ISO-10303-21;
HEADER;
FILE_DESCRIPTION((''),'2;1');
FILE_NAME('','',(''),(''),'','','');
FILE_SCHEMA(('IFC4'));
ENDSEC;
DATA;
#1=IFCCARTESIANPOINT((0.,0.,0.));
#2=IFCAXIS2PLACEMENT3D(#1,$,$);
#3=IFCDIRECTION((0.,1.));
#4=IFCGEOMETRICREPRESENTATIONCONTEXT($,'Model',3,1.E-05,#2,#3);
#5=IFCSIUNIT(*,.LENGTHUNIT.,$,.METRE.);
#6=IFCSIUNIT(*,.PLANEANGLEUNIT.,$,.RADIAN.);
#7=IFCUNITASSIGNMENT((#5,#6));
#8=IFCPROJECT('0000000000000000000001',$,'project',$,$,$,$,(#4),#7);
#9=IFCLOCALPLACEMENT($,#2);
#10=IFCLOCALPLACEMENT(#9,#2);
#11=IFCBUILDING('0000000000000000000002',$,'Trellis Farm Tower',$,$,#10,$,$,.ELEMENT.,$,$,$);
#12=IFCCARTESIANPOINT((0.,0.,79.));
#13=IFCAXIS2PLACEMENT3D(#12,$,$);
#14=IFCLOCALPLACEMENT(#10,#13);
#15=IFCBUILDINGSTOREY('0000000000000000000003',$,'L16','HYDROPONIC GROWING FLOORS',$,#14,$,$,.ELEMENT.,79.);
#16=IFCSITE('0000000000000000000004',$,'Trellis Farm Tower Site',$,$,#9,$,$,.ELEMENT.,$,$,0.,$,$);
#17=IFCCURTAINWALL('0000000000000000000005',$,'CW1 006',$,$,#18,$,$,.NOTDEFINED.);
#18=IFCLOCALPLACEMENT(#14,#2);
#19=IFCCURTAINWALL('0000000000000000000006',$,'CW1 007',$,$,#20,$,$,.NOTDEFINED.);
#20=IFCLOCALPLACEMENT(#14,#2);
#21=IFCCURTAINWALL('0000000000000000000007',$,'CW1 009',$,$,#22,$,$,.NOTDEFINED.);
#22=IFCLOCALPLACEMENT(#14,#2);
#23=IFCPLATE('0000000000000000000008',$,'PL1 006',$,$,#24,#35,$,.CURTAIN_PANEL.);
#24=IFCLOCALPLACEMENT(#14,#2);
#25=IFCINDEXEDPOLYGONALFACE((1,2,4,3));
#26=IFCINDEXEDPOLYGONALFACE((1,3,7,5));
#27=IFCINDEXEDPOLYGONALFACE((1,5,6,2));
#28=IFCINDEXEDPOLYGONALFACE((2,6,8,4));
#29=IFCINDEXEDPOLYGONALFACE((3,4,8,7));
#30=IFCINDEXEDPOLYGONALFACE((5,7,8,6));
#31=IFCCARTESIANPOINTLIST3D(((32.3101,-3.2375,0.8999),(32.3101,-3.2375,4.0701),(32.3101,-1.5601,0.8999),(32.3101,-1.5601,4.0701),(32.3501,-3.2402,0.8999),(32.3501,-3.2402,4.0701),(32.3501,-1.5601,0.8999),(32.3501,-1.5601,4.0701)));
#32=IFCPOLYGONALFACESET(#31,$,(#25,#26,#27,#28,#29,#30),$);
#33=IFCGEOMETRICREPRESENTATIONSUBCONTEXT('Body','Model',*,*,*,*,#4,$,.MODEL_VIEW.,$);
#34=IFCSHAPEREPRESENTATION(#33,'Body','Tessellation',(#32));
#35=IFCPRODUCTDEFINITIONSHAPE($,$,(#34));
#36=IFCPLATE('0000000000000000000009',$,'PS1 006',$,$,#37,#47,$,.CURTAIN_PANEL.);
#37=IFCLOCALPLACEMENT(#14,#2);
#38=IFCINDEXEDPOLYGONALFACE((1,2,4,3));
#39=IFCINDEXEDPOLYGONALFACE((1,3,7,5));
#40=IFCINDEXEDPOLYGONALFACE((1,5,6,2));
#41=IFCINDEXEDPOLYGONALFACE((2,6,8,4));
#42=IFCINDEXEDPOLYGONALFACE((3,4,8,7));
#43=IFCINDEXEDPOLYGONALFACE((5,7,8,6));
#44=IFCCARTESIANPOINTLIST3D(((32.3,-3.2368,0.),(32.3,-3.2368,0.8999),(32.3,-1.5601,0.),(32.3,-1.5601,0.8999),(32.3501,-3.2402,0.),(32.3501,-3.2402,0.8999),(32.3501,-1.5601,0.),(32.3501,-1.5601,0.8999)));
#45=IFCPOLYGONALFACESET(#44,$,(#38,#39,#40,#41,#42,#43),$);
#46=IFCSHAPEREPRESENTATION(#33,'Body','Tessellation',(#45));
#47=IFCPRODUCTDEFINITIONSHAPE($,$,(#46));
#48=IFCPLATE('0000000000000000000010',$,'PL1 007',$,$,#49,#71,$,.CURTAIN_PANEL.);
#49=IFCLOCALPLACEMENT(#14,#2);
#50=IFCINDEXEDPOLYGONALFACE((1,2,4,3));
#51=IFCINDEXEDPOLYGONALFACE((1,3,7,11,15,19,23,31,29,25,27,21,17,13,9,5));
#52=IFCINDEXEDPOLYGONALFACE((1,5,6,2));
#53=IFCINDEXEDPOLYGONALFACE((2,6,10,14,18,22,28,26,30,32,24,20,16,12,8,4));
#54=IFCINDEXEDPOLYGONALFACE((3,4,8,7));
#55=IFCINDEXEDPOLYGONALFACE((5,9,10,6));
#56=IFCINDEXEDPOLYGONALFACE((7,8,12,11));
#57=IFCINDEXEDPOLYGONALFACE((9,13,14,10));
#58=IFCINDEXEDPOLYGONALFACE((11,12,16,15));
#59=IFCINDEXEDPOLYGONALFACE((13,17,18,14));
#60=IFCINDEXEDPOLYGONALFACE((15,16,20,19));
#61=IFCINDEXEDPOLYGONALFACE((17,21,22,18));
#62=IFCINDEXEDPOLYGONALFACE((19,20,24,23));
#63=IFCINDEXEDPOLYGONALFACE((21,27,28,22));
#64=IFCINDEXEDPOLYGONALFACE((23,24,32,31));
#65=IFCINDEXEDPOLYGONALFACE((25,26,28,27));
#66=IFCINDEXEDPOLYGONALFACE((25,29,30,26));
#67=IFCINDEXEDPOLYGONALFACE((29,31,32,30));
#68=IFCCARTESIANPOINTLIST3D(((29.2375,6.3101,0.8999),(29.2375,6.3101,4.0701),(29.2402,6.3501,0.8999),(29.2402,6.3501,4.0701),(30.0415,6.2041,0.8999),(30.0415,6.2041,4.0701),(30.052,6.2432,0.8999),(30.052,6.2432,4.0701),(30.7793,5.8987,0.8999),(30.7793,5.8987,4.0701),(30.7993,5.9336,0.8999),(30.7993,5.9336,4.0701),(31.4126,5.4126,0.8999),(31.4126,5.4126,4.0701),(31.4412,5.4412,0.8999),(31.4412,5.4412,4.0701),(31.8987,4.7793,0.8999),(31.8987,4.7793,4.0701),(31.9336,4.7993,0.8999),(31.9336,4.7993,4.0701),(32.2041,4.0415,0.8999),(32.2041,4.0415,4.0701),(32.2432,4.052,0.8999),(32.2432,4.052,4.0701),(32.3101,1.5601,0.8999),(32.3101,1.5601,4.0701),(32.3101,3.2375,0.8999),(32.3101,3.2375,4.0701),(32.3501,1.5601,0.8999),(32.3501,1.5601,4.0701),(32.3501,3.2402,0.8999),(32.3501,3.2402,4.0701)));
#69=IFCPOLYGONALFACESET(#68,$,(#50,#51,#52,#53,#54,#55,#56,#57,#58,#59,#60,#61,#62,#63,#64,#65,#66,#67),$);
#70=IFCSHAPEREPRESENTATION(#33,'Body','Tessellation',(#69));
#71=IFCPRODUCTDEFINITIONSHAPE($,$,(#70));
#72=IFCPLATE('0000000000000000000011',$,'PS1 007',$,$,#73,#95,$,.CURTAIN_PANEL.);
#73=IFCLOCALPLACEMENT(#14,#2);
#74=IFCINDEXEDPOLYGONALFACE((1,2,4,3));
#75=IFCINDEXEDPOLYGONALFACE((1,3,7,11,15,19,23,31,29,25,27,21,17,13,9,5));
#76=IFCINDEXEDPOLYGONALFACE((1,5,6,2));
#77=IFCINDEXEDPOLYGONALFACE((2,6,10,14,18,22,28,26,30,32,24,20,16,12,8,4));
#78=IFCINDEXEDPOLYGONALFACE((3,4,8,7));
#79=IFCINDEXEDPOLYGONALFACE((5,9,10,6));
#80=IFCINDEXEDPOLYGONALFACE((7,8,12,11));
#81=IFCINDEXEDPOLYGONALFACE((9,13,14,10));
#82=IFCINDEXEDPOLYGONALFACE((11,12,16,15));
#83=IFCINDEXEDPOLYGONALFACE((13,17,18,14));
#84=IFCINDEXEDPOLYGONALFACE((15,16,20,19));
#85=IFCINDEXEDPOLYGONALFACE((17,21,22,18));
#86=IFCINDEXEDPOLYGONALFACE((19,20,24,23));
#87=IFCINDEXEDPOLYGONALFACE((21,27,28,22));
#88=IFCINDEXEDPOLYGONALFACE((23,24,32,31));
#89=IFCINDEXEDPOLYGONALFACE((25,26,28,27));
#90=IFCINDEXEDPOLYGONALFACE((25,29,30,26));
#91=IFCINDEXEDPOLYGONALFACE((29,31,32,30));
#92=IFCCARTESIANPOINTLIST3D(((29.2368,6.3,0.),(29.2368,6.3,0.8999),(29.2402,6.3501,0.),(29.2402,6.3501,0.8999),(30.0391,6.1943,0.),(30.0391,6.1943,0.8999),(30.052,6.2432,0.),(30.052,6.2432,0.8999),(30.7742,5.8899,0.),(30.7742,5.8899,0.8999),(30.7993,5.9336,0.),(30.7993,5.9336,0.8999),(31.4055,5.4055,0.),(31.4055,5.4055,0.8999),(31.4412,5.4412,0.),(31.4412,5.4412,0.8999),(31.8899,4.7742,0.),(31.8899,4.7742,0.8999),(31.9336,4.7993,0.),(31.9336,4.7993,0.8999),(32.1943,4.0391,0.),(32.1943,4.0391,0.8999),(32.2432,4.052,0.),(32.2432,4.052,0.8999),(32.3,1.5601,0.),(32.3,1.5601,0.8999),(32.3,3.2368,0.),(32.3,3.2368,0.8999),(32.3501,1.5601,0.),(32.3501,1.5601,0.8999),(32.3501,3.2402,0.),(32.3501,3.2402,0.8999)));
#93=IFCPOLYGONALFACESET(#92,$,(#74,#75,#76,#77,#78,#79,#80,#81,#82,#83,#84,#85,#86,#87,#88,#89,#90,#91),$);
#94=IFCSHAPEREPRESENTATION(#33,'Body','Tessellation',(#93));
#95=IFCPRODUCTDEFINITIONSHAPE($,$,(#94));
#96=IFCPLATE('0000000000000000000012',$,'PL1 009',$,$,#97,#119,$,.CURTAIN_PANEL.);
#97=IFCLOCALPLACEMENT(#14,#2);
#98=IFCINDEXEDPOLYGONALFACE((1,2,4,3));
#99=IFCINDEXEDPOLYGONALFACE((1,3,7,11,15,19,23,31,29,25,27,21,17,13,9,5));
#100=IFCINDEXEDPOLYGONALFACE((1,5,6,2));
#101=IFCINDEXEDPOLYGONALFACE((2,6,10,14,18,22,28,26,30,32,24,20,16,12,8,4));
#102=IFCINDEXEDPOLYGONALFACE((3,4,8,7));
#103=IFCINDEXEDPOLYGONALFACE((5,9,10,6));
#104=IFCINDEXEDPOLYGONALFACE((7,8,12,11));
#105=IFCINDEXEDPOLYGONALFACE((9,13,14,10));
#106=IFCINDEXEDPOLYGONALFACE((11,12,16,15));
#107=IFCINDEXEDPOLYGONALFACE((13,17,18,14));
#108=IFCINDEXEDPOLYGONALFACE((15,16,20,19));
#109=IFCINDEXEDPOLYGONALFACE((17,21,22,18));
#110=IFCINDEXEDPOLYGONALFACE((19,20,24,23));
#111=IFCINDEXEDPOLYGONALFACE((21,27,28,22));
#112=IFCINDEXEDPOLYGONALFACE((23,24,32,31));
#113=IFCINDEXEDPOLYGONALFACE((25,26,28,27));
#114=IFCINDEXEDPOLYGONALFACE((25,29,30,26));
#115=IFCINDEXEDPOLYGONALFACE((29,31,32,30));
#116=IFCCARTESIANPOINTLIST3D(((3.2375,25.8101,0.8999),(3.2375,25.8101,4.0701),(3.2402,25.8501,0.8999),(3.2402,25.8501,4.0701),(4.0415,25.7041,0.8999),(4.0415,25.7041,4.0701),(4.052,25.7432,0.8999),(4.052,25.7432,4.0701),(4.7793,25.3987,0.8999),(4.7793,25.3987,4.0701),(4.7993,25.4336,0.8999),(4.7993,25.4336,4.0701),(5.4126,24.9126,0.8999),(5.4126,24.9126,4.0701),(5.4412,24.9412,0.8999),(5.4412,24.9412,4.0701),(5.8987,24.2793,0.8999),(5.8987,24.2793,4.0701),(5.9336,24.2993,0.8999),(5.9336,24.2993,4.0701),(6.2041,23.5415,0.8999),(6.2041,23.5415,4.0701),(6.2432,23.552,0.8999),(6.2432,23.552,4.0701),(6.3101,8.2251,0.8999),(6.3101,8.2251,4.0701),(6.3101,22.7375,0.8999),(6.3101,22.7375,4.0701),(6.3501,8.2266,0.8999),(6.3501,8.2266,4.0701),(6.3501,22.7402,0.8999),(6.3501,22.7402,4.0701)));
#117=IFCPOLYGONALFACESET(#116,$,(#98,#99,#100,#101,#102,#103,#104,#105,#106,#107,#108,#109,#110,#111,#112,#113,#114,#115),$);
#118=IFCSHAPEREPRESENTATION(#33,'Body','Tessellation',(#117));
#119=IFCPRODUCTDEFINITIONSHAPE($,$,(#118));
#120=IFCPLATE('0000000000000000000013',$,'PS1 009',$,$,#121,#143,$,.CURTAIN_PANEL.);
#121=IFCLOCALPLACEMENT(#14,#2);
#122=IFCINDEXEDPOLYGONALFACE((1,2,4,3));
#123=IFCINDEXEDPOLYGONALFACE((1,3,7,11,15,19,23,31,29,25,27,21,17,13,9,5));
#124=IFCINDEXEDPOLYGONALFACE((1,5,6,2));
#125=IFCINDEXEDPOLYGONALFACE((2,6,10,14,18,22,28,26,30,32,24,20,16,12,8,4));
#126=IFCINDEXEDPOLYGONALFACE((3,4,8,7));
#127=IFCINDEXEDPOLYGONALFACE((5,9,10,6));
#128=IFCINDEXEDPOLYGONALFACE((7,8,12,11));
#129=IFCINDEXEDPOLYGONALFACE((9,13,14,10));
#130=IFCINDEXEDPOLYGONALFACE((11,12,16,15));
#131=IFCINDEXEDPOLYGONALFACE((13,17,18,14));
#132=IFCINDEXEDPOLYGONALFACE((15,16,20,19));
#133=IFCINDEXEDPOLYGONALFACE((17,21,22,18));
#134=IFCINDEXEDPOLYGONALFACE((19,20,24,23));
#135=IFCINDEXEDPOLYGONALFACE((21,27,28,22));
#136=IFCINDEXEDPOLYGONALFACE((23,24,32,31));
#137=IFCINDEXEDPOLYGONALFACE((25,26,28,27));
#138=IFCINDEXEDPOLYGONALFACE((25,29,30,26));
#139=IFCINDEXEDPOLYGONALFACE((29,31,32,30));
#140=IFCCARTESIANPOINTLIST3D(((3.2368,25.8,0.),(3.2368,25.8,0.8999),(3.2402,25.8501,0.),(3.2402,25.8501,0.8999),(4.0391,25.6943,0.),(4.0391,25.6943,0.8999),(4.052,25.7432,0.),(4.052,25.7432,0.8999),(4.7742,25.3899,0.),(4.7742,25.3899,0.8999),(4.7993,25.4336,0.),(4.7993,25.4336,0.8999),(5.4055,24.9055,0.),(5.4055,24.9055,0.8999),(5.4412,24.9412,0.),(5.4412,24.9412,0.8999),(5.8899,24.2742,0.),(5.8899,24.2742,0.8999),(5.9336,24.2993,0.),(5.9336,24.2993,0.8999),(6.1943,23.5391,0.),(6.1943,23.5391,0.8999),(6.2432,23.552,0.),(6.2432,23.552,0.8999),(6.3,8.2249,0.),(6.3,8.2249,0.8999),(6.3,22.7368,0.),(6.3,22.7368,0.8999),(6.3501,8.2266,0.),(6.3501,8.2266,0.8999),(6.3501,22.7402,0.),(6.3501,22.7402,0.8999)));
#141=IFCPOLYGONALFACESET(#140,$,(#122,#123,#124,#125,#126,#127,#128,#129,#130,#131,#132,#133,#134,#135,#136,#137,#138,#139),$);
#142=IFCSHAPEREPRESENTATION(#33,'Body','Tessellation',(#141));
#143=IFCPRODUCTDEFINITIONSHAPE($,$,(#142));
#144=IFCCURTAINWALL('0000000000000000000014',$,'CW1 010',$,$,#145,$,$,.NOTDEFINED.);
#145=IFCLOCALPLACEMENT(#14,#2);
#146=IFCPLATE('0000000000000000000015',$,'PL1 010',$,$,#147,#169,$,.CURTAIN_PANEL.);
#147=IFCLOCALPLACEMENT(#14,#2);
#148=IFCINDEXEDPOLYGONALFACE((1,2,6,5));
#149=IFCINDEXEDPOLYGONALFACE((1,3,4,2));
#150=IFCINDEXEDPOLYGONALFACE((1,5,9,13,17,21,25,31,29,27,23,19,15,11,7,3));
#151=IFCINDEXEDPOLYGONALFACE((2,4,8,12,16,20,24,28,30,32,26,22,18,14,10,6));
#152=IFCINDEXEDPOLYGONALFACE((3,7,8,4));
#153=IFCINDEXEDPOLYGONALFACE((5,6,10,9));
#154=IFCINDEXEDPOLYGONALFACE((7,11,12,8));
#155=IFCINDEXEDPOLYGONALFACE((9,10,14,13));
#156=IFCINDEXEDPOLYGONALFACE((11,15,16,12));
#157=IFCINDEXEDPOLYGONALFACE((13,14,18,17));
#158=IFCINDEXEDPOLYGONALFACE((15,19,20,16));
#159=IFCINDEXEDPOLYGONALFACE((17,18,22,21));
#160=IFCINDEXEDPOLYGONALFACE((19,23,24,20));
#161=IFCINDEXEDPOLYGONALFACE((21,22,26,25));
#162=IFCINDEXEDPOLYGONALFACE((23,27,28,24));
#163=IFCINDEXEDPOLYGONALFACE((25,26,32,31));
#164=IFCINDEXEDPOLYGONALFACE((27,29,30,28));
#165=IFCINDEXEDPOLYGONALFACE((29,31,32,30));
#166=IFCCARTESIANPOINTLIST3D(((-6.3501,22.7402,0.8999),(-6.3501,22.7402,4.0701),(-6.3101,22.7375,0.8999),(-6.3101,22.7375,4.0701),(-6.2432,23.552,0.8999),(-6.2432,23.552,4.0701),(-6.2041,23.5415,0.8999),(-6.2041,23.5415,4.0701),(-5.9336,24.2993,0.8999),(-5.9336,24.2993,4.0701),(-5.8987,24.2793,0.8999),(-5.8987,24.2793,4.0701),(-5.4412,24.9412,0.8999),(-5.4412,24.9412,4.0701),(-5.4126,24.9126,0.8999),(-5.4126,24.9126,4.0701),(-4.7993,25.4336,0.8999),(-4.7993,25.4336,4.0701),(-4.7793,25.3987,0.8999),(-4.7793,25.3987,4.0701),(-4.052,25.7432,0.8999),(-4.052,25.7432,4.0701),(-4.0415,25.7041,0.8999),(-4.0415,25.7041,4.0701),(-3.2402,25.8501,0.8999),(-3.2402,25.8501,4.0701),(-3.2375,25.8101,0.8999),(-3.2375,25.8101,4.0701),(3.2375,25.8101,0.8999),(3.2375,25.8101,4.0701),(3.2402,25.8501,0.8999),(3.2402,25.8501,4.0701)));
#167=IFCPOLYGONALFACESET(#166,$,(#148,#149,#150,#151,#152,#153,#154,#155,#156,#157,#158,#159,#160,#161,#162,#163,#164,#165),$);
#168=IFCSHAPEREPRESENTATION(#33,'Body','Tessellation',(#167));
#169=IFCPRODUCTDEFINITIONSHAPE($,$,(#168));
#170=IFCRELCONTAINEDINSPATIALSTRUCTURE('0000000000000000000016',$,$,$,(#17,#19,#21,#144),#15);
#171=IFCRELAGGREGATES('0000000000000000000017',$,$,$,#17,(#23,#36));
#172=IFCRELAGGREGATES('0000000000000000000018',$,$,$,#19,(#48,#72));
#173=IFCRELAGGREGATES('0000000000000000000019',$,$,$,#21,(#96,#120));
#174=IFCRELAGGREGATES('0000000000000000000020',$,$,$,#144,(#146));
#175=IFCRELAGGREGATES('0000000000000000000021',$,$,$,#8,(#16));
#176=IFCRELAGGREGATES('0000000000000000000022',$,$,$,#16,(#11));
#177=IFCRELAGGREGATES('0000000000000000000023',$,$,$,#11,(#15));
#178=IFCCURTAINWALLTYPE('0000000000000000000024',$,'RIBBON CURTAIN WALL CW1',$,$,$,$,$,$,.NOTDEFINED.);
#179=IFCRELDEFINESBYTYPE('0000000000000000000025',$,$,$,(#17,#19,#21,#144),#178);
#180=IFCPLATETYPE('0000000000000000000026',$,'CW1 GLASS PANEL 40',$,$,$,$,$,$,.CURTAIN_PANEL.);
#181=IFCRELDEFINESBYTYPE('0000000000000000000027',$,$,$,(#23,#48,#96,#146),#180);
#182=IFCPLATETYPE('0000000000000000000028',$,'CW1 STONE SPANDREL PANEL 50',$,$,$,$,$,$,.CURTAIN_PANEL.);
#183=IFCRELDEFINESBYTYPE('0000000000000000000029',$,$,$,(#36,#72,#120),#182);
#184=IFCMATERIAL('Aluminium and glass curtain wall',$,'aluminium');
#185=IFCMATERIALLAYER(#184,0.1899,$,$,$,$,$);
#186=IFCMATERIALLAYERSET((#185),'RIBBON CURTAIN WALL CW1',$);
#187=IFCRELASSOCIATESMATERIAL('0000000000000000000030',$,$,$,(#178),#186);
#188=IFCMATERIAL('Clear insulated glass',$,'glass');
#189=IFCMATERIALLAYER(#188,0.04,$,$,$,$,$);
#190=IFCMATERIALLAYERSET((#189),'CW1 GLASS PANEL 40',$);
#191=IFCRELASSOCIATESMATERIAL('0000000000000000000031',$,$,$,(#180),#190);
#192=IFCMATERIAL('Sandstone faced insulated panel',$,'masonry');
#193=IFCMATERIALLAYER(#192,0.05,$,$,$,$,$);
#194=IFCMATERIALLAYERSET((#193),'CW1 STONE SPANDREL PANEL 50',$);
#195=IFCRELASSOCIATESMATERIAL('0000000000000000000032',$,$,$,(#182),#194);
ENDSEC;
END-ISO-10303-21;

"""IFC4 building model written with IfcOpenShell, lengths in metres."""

from ifc_helpers import new_model, si_unit, direction, frame, origin, place, context, subcontext, project, spatial, polyline, outline, extrude, source, transform, mapped, material, layer, layer_set, type_object, element, aggregate, save


model = new_model("IFC4")

# Units and contexts
model_context = context("Model", 3, precision=1e-05, world=origin(), true_north=direction((0.0, 1.0)))
body_context = subcontext(model_context, "Body", "Model", "MODEL_VIEW")
ifc_project = project(units=[si_unit("LENGTHUNIT", "METRE"), si_unit("PLANEANGLEUNIT", "RADIAN")], contexts=[model_context])

# Site, building, storey
site_placement = place(None, origin())
site = spatial("IfcSite", under=ifc_project, at=site_placement, Name="Trellis Farm Tower Site", CompositionType="ELEMENT", RefElevation=0.0)
building_placement = place(site_placement, origin())
building = spatial("IfcBuilding", under=site, at=building_placement, Name="Trellis Farm Tower", CompositionType="ELEMENT")
storey_placement = place(building_placement, frame((0.0, 0.0, 79.0)))
storey = spatial("IfcBuildingStorey", under=building, at=storey_placement, Name="L16", Description="HYDROPONIC GROWING FLOORS", CompositionType="ELEMENT", Elevation=79.0)

# Curtain walls
ifc_material_1 = material(Name="Aluminium and glass curtain wall", Category="aluminium")
ifc_layer_1 = layer(ifc_material_1, 0.1899)
ifc_layer_set_1 = layer_set([ifc_layer_1], Name="RIBBON CURTAIN WALL CW1")
curtain_wall_type_1 = type_object("IfcCurtainWallType", Name="RIBBON CURTAIN WALL CW1", PredefinedType="NOTDEFINED", material=ifc_layer_set_1)
placement_1 = place(storey_placement, origin())
curtain_wall_1 = element("IfcCurtainWall", 1, at=placement_1, inside=storey, type_object=curtain_wall_type_1, Name="CW1 006", PredefinedType="NOTDEFINED")
curtain_wall_2 = element("IfcCurtainWall", 2, at=placement_1, inside=storey, type_object=curtain_wall_type_1, Name="CW1 007", PredefinedType="NOTDEFINED")
curtain_wall_3 = element("IfcCurtainWall", 3, at=placement_1, inside=storey, type_object=curtain_wall_type_1, Name="CW1 009", PredefinedType="NOTDEFINED")

# Plates
ifc_material_2 = material(Name="Clear insulated glass", Category="glass")
ifc_layer_2 = layer(ifc_material_2, 0.04)
ifc_layer_set_2 = layer_set([ifc_layer_2], Name="CW1 GLASS PANEL 40")
plate_type_1 = type_object("IfcPlateType", Name="CW1 GLASS PANEL 40", PredefinedType="CURTAIN_PANEL", material=ifc_layer_set_2)
placement_2 = place(storey_placement, frame((0.0, 0.0, 0.8999)))
ifc_material_3 = material(Name="Sandstone faced insulated panel", Category="masonry")
ifc_layer_3 = layer(ifc_material_3, 0.05)
ifc_layer_set_3 = layer_set([ifc_layer_3], Name="CW1 STONE SPANDREL PANEL 50")
plate_type_2 = type_object("IfcPlateType", Name="CW1 STONE SPANDREL PANEL 50", PredefinedType="CURTAIN_PANEL", material=ifc_layer_set_3)
shared_shape_1 = source(origin(), body_context, "Body", "SweptSolid", [
    extrude(outline(polyline([(32.3501, -3.2402), (32.3501, -1.5601), (32.3101, -1.5601), (32.3101, -3.2375), (32.3501, -3.2402)])), origin(), (0.0, 0.0, 1.0), 3.1702),
])
plate_1 = element("IfcPlate", 4, at=placement_2, type_object=plate_type_1, Name="PL1 006", PredefinedType="CURTAIN_PANEL", context=body_context, shape_type="MappedRepresentation", body=[
    mapped(shared_shape_1, transform((0.0, 0.0, 0.0))),
])
shared_shape_2 = source(origin(), body_context, "Body", "SweptSolid", [
    extrude(outline(polyline([(32.3501, -3.2402), (32.3501, -1.5601), (32.3, -1.5601), (32.3, -3.2368), (32.3501, -3.2402)])), origin(), (0.0, 0.0, 1.0), 0.8999),
])
plate_2 = element("IfcPlate", 5, at=placement_1, type_object=plate_type_2, Name="PS1 006", PredefinedType="CURTAIN_PANEL", context=body_context, shape_type="MappedRepresentation", body=[
    mapped(shared_shape_2, transform((0.0, 0.0, 0.0))),
])
aggregate(curtain_wall_1, [plate_1, plate_2])
shared_shape_3 = source(origin(), body_context, "Body", "SweptSolid", [
    extrude(outline(polyline([(32.3501, 1.5601), (32.3501, 3.2402), (32.2432, 4.052), (31.9336, 4.7993), (31.4412, 5.4412), (30.7993, 5.9336), (30.052, 6.2432), (29.2402, 6.3501), (29.2375, 6.3101), (30.0415, 6.2041), (30.7793, 5.8987), (31.4126, 5.4126), (31.8987, 4.7793), (32.2041, 4.0415), (32.3101, 3.2375), (32.3101, 1.5601), (32.3501, 1.5601)])), origin(), (0.0, 0.0, 1.0), 3.1702),
])
plate_3 = element("IfcPlate", 6, at=placement_2, type_object=plate_type_1, Name="PL1 007", PredefinedType="CURTAIN_PANEL", context=body_context, shape_type="MappedRepresentation", body=[
    mapped(shared_shape_3, transform((0.0, 0.0, 0.0))),
])
shared_shape_4 = source(origin(), body_context, "Body", "SweptSolid", [
    extrude(outline(polyline([(32.3501, 1.5601), (32.3501, 3.2402), (32.2432, 4.052), (31.9336, 4.7993), (31.4412, 5.4412), (30.7993, 5.9336), (30.052, 6.2432), (29.2402, 6.3501), (29.2368, 6.3), (30.0391, 6.1943), (30.7742, 5.8899), (31.4055, 5.4055), (31.8899, 4.7742), (32.1943, 4.0391), (32.3, 3.2368), (32.3, 1.5601), (32.3501, 1.5601)])), origin(), (0.0, 0.0, 1.0), 0.8999),
])
plate_4 = element("IfcPlate", 7, at=placement_1, type_object=plate_type_2, Name="PS1 007", PredefinedType="CURTAIN_PANEL", context=body_context, shape_type="MappedRepresentation", body=[
    mapped(shared_shape_4, transform((0.0, 0.0, 0.0))),
])
aggregate(curtain_wall_2, [plate_3, plate_4])
shared_shape_5 = source(origin(), body_context, "Body", "SweptSolid", [
    extrude(outline(polyline([(6.3501, 8.2266), (6.3501, 22.7402), (6.2432, 23.552), (5.9336, 24.2993), (5.4412, 24.9412), (4.7993, 25.4336), (4.052, 25.7432), (3.2402, 25.8501), (3.2375, 25.8101), (4.0415, 25.7041), (4.7793, 25.3987), (5.4126, 24.9126), (5.8987, 24.2793), (6.2041, 23.5415), (6.3101, 22.7375), (6.3101, 8.2251), (6.3501, 8.2266)])), origin(), (0.0, 0.0, 1.0), 3.1702),
])
plate_5 = element("IfcPlate", 8, at=placement_2, type_object=plate_type_1, Name="PL1 009", PredefinedType="CURTAIN_PANEL", context=body_context, shape_type="MappedRepresentation", body=[
    mapped(shared_shape_5, transform((0.0, 0.0, 0.0))),
])
shared_shape_6 = source(origin(), body_context, "Body", "SweptSolid", [
    extrude(outline(polyline([(6.3501, 8.2266), (6.3501, 22.7402), (6.2432, 23.552), (5.9336, 24.2993), (5.4412, 24.9412), (4.7993, 25.4336), (4.052, 25.7432), (3.2402, 25.8501), (3.2368, 25.8), (4.0391, 25.6943), (4.7742, 25.3899), (5.4055, 24.9055), (5.8899, 24.2742), (6.1943, 23.5391), (6.3, 22.7368), (6.3, 8.2249), (6.3501, 8.2266)])), origin(), (0.0, 0.0, 1.0), 0.8999),
])
plate_6 = element("IfcPlate", 9, at=placement_1, type_object=plate_type_2, Name="PS1 009", PredefinedType="CURTAIN_PANEL", context=body_context, shape_type="MappedRepresentation", body=[
    mapped(shared_shape_6, transform((0.0, 0.0, 0.0))),
])
aggregate(curtain_wall_3, [plate_5, plate_6])

# Curtain wall, plate
curtain_wall_4 = element("IfcCurtainWall", 10, at=placement_1, inside=storey, type_object=curtain_wall_type_1, Name="CW1 010", PredefinedType="NOTDEFINED")
shared_shape_7 = source(origin(), body_context, "Body", "SweptSolid", [
    extrude(outline(polyline([(3.2402, 25.8501), (-3.2402, 25.8501), (-4.052, 25.7432), (-4.7993, 25.4336), (-5.4412, 24.9412), (-5.9336, 24.2993), (-6.2432, 23.552), (-6.3501, 22.7402), (-6.3101, 22.7375), (-6.2041, 23.5415), (-5.8987, 24.2793), (-5.4126, 24.9126), (-4.7793, 25.3987), (-4.0415, 25.7041), (-3.2375, 25.8101), (3.2375, 25.8101), (3.2402, 25.8501)])), origin(), (0.0, 0.0, 1.0), 3.1702),
])
plate_7 = element("IfcPlate", 11, at=placement_2, type_object=plate_type_1, Name="PL1 010", PredefinedType="CURTAIN_PANEL", context=body_context, shape_type="MappedRepresentation", body=[
    mapped(shared_shape_7, transform((0.0, 0.0, 0.0))),
])
aggregate(curtain_wall_4, [plate_7])

save(model, "model.ifc")
